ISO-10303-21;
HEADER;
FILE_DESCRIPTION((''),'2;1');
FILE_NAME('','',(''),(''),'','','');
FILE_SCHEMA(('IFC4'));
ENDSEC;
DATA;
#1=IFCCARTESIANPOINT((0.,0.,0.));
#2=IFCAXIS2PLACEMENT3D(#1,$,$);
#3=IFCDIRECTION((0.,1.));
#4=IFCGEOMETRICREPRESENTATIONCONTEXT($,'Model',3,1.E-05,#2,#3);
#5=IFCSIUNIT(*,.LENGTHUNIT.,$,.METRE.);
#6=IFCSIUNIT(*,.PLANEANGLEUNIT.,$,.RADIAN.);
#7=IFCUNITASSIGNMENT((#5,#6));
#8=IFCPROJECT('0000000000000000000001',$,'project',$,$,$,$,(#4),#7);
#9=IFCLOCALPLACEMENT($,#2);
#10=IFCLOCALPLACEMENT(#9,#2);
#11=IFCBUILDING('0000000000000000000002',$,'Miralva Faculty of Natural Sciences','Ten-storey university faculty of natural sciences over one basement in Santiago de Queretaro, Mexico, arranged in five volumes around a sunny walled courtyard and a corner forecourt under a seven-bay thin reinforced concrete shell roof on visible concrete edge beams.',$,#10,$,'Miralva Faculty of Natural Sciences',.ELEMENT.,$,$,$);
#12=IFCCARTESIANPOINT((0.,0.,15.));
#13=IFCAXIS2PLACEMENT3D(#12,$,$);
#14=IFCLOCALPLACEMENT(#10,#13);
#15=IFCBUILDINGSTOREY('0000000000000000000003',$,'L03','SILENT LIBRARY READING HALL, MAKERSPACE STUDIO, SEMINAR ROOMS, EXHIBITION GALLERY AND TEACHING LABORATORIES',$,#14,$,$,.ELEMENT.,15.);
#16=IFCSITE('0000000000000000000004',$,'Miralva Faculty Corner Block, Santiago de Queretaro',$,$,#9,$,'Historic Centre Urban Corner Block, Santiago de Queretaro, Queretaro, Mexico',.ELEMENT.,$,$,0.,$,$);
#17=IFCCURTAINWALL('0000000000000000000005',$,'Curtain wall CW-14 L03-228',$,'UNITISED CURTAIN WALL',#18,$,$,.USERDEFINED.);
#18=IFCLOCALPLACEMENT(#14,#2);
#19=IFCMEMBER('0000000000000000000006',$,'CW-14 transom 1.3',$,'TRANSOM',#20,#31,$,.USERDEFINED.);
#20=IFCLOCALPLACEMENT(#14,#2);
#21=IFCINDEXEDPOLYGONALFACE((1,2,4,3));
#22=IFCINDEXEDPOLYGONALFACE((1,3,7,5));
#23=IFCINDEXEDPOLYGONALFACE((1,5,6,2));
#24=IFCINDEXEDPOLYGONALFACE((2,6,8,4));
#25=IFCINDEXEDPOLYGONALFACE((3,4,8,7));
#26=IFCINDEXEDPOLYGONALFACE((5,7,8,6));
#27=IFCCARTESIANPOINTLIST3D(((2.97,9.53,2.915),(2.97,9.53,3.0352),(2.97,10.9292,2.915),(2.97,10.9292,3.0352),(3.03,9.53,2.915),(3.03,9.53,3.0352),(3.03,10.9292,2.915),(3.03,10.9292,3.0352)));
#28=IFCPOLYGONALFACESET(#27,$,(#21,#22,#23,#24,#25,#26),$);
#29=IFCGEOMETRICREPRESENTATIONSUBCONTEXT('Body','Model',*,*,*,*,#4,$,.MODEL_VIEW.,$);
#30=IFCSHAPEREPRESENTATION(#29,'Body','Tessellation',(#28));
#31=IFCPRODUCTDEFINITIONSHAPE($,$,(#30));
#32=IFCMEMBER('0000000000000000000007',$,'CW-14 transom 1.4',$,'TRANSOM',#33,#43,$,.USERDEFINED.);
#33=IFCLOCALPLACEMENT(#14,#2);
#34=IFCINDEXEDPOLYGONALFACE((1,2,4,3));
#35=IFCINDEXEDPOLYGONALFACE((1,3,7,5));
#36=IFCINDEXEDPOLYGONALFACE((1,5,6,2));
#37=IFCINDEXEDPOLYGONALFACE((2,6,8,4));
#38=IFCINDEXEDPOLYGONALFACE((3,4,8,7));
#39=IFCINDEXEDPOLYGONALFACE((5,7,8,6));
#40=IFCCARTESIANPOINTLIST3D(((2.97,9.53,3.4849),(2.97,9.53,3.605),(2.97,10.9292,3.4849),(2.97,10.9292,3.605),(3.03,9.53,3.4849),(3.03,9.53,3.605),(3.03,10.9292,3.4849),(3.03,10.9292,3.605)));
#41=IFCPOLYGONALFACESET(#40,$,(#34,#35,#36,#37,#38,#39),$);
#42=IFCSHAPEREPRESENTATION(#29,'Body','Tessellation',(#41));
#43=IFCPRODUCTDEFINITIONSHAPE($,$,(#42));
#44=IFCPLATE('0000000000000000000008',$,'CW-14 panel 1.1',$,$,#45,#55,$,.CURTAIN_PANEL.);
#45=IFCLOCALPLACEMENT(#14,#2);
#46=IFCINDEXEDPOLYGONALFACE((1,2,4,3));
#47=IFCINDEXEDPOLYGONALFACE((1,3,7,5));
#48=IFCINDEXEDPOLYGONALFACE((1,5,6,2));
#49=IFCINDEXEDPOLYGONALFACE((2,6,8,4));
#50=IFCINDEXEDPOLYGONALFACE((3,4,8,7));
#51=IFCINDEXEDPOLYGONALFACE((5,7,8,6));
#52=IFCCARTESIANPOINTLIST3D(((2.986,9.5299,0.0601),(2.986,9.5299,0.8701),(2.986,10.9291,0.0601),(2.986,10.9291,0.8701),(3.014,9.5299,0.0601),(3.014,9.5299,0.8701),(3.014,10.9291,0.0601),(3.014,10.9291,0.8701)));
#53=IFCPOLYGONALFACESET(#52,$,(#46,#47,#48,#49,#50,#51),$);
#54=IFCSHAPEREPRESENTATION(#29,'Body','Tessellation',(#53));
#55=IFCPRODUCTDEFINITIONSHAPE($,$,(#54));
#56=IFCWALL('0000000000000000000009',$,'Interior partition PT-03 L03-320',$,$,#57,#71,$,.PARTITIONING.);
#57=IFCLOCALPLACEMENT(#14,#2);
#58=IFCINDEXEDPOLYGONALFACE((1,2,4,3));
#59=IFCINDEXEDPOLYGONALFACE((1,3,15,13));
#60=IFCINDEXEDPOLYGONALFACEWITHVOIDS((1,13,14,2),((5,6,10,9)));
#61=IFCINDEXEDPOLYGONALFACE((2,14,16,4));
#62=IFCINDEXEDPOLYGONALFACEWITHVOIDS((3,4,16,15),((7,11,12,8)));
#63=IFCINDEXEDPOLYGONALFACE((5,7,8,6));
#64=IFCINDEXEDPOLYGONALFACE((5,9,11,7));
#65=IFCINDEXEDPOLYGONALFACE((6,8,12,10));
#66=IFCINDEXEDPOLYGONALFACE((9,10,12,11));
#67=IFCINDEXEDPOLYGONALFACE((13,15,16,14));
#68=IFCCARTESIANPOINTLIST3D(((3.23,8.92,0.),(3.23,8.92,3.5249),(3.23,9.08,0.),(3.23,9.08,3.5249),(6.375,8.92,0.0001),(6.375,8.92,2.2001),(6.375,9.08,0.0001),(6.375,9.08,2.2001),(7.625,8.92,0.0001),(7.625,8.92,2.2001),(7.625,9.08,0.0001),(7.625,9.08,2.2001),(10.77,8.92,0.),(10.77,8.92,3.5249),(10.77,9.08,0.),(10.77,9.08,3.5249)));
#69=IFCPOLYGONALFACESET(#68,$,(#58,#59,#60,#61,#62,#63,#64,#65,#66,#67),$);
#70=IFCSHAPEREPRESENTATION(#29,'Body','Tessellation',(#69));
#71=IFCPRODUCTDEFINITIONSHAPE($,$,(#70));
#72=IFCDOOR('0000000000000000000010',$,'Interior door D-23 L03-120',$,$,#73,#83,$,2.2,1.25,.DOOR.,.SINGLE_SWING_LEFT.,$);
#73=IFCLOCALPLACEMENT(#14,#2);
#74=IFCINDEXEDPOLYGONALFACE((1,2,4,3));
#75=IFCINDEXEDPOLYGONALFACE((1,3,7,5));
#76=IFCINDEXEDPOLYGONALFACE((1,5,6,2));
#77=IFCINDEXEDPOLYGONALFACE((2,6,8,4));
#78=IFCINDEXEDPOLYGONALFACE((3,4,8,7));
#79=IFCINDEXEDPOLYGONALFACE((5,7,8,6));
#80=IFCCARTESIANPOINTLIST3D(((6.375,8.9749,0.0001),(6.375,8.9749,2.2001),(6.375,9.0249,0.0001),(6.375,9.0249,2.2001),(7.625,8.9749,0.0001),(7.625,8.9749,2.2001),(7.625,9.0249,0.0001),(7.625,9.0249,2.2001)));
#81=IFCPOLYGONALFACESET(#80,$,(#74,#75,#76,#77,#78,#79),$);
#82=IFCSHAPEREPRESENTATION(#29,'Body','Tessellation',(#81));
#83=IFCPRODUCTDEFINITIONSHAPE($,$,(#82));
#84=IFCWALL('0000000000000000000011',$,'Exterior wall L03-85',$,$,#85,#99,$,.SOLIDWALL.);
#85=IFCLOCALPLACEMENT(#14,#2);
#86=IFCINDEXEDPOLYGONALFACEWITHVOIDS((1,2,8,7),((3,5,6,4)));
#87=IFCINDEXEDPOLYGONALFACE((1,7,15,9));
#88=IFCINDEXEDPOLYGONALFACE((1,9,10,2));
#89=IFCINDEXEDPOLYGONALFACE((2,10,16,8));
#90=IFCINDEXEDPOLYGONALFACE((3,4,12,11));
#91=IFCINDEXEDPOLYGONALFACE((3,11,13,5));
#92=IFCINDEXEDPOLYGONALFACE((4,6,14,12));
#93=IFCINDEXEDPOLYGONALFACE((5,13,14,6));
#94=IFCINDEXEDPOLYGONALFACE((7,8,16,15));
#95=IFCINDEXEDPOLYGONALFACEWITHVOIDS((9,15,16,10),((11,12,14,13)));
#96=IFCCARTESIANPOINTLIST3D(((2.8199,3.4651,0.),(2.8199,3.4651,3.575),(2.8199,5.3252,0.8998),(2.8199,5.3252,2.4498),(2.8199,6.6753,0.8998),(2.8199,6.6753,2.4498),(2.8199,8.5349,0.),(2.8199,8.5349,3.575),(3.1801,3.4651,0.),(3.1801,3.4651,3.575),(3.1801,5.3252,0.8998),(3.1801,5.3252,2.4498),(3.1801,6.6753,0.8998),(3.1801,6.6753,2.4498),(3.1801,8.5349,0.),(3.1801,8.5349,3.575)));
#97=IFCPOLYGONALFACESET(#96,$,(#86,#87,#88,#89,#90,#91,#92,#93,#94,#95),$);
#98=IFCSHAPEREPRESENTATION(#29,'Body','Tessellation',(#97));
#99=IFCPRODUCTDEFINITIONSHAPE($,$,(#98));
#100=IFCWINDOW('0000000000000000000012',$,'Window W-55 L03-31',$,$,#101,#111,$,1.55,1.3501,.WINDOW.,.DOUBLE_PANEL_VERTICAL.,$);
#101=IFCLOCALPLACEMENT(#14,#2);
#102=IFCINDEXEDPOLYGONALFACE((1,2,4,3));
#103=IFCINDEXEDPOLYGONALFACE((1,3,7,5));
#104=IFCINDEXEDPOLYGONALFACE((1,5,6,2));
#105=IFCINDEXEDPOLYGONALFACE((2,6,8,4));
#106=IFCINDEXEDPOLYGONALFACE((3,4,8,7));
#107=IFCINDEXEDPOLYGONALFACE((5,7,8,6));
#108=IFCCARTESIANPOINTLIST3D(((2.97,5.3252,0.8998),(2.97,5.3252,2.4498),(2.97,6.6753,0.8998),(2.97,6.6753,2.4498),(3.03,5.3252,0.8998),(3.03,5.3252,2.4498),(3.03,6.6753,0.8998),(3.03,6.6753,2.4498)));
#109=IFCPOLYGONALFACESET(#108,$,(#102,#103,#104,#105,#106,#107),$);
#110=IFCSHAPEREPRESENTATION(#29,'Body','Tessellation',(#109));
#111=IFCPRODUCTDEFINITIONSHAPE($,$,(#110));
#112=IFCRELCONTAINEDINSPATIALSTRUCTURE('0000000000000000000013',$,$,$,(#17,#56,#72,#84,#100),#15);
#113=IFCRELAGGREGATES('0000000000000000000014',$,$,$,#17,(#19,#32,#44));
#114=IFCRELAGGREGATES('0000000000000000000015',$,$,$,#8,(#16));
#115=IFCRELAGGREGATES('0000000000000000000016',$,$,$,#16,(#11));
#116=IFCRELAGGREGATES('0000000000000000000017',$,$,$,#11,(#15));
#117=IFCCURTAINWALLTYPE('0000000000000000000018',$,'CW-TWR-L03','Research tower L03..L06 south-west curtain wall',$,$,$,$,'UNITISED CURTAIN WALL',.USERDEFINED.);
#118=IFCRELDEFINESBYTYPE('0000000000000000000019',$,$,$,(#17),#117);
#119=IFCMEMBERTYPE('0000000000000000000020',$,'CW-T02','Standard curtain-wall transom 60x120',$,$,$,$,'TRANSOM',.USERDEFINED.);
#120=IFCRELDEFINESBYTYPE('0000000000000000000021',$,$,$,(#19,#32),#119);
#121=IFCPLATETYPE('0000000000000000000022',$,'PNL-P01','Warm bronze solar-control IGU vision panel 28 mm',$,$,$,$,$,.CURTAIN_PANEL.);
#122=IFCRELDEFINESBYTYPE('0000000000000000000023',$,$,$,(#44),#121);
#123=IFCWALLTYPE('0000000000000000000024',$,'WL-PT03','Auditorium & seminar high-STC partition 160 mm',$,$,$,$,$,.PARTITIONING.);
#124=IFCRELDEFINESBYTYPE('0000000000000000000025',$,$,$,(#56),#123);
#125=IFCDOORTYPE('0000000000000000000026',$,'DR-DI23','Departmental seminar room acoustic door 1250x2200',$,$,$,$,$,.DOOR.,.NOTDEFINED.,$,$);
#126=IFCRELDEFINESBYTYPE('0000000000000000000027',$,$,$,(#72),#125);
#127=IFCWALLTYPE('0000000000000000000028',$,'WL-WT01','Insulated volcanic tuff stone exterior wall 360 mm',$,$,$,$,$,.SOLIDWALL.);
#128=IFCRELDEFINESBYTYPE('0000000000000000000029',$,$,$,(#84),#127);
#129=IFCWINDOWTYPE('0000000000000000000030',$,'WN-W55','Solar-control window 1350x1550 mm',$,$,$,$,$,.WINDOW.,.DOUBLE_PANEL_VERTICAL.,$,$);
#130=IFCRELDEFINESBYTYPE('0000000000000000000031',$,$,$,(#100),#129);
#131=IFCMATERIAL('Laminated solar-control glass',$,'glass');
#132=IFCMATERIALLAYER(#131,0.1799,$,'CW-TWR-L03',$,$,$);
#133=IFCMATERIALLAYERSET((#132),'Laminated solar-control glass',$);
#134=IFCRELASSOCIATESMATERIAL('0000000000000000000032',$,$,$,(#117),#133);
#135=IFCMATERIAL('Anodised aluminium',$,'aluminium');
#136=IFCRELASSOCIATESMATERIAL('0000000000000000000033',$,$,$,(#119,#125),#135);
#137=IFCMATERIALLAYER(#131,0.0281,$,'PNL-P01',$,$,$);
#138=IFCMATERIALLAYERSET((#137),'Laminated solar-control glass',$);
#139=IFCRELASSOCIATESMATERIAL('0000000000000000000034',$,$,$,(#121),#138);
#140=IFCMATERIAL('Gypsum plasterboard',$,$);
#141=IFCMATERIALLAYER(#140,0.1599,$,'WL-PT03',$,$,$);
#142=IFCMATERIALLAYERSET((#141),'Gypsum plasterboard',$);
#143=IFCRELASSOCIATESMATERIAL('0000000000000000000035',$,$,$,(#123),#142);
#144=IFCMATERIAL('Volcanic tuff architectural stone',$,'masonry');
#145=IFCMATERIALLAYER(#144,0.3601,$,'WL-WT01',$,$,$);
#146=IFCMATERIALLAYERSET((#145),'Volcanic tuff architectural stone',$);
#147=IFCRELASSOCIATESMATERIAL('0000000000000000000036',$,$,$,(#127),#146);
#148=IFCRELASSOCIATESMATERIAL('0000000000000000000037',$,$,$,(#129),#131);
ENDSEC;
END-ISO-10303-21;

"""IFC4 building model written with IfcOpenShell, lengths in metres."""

from ifc_helpers import new_model, si_unit, direction, frame, frame_2d, origin, origin_2d, place, context, subcontext, project, spatial, rectangle, extrude, material, layer, layer_set, material_profile, profile_set, type_object, element, fill, aggregate, save


model = new_model("IFC4")

# Units and contexts
model_context = context("Model", 3, precision=1e-05, world=origin(), true_north=direction((0.0, 1.0)))
body_context = subcontext(model_context, "Body", "Model", "MODEL_VIEW")
ifc_project = project(units=[si_unit("LENGTHUNIT", "METRE"), si_unit("PLANEANGLEUNIT", "RADIAN")], contexts=[model_context])

# Site, building, storey
site_placement = place(None, origin())
site = spatial("IfcSite", under=ifc_project, at=site_placement, Name="Miralva Faculty Corner Block, Santiago de Queretaro", LongName="Historic Centre Urban Corner Block, Santiago de Queretaro, Queretaro, Mexico", CompositionType="ELEMENT", RefElevation=0.0)
building_placement = place(site_placement, origin())
building = spatial("IfcBuilding", under=site, at=building_placement, Name="Miralva Faculty of Natural Sciences", Description="Ten-storey university faculty of natural sciences over one basement in Santiago de Queretaro, Mexico, arranged in five volumes around a sunny walled courtyard and a corner forecourt under a seven-bay thin reinforced concrete shell roof on visible concrete edge beams.", LongName="Miralva Faculty of Natural Sciences", CompositionType="ELEMENT")
storey_placement = place(building_placement, frame((0.0, 0.0, 15.0)))
storey = spatial("IfcBuildingStorey", under=building, at=storey_placement, Name="L03", Description="SILENT LIBRARY READING HALL, MAKERSPACE STUDIO, SEMINAR ROOMS, EXHIBITION GALLERY AND TEACHING LABORATORIES", CompositionType="ELEMENT", Elevation=15.0)

# Curtain wall, members, plate
ifc_material_1 = material(Name="Laminated solar-control glass", Category="glass")
ifc_layer_1 = layer(ifc_material_1, 0.1799, Name="CW-TWR-L03")
ifc_layer_set_1 = layer_set([ifc_layer_1], Name="Laminated solar-control glass")
curtain_wall_type = type_object("IfcCurtainWallType", Name="CW-TWR-L03", Description="Research tower L03..L06 south-west curtain wall", ElementType="UNITISED CURTAIN WALL", PredefinedType="USERDEFINED", material=ifc_layer_set_1)
curtain_wall_placement = place(storey_placement, origin())
curtain_wall = element("IfcCurtainWall", 1, at=curtain_wall_placement, inside=storey, type_object=curtain_wall_type, Name="Curtain wall CW-14 L03-228", ObjectType="UNITISED CURTAIN WALL", PredefinedType="USERDEFINED")
ifc_material_2 = material(Name="Anodised aluminium", Category="aluminium")
ifc_material_profile_1 = material_profile(ifc_material_2, rectangle(XDim=0.0601, YDim=0.1201, at=origin_2d()), Name="TRANSOM 60x120")
ifc_profile_set_1 = profile_set([ifc_material_profile_1], Name="Anodised aluminium")
member_type_1 = type_object("IfcMemberType", Name="CW-T02", Description="Standard curtain-wall transom 60x120", ElementType="TRANSOM", PredefinedType="USERDEFINED", material=ifc_profile_set_1)
member_1_placement = place(storey_placement, frame((3.0, 9.53, 2.9751), z_axis=(0.0, 1.0, 0.0), x_axis=(-1.0, 0.0, 0.0)))
member_1 = element("IfcMember", 2, at=member_1_placement, type_object=member_type_1, Name="CW-14 transom 1.3", ObjectType="TRANSOM", PredefinedType="USERDEFINED", context=body_context, shape_type="SweptSolid", body=[
    extrude(rectangle(XDim=0.0601, YDim=0.1201, at=origin_2d()), origin(), (0.0, 0.0, 1.0), 1.3992),
])
member_2_placement = place(storey_placement, frame((3.0, 9.53, 3.5449), z_axis=(0.0, 1.0, 0.0), x_axis=(-1.0, 0.0, 0.0)))
member_2 = element("IfcMember", 3, at=member_2_placement, type_object=member_type_1, Name="CW-14 transom 1.4", ObjectType="TRANSOM", PredefinedType="USERDEFINED", context=body_context, shape_type="SweptSolid", body=[
    extrude(rectangle(XDim=0.0601, YDim=0.1201, at=origin_2d()), origin(), (0.0, 0.0, 1.0), 1.3992),
])
ifc_layer_2 = layer(ifc_material_1, 0.0281, Name="PNL-P01")
ifc_layer_set_2 = layer_set([ifc_layer_2], Name="Laminated solar-control glass")
plate_type = type_object("IfcPlateType", Name="PNL-P01", Description="Warm bronze solar-control IGU vision panel 28 mm", PredefinedType="CURTAIN_PANEL", material=ifc_layer_set_2)
plate_placement = place(storey_placement, frame((3.0, 10.2295, 0.0601), z_axis=(0.0, 0.0, 1.0), x_axis=(0.0, 1.0, 0.0)))
plate = element("IfcPlate", 4, at=plate_placement, type_object=plate_type, Name="CW-14 panel 1.1", PredefinedType="CURTAIN_PANEL", context=body_context, shape_type="SweptSolid", body=[
    extrude(rectangle(XDim=1.3992, YDim=0.0281, at=origin_2d()), origin(), (0.0, 0.0, 1.0), 0.8101),
])
aggregate(curtain_wall, [member_1, member_2, plate])

# Wall, opening, door
ifc_material_3 = material(Name="Gypsum plasterboard")
ifc_layer_3 = layer(ifc_material_3, 0.1599, Name="WL-PT03")
ifc_layer_set_3 = layer_set([ifc_layer_3], Name="Gypsum plasterboard")
wall_type_1 = type_object("IfcWallType", Name="WL-PT03", Description="Auditorium & seminar high-STC partition 160 mm", PredefinedType="PARTITIONING", material=ifc_layer_set_3)
wall_1_placement = place(storey_placement, frame((3.23, 9.0, 0.0), z_axis=(0.0, 0.0, 1.0), x_axis=(1.0, 0.0, 0.0)))
wall_1 = element("IfcWall", 5, at=wall_1_placement, inside=storey, type_object=wall_type_1, Name="Interior partition PT-03 L03-320", PredefinedType="PARTITIONING", context=body_context, shape_type="SweptSolid", body=[
    extrude(rectangle(XDim=7.54, YDim=0.1599, at=frame_2d((3.77, 0.0))), origin(), (0.0, 0.0, 1.0), 3.5249),
])
opening_1_placement = place(wall_1_placement, frame((3.145, 0.0, 0.0)))
opening_1 = element("IfcOpeningElement", 6, at=opening_1_placement, cuts=wall_1, PredefinedType="OPENING", context=body_context, shape_type="SweptSolid", body=[
    extrude(rectangle(XDim=1.25, YDim=2.2, at=frame_2d((0.625, 1.1001))), frame((0.0, 0.0898, 0.0), z_axis=(0.0, -1.0, 0.0), x_axis=(1.0, 0.0, 0.0)), (0.0, 0.0, 1.0), 0.1799),
])
door_type = type_object("IfcDoorType", Name="DR-DI23", Description="Departmental seminar room acoustic door 1250x2200", OperationType="NOTDEFINED", PredefinedType="DOOR", material=ifc_material_2)
door_placement = place(opening_1_placement, origin())
door = element("IfcDoor", 7, at=door_placement, inside=storey, type_object=door_type, Name="Interior door D-23 L03-120", OperationType="SINGLE_SWING_LEFT", OverallHeight=2.2, OverallWidth=1.25, PredefinedType="DOOR", context=body_context, shape_type="SweptSolid", body=[
    extrude(rectangle(XDim=1.25, YDim=2.2, at=frame_2d((0.625, 1.1001))), frame((0.0, 0.0249, 0.0), z_axis=(0.0, -1.0, 0.0), x_axis=(1.0, 0.0, 0.0)), (0.0, 0.0, 1.0), 0.05),
])
fill(opening_1, door)

# Wall, opening, window
ifc_material_4 = material(Name="Volcanic tuff architectural stone", Category="masonry")
ifc_layer_4 = layer(ifc_material_4, 0.3601, Name="WL-WT01")
ifc_layer_set_4 = layer_set([ifc_layer_4], Name="Volcanic tuff architectural stone")
wall_type_2 = type_object("IfcWallType", Name="WL-WT01", Description="Insulated volcanic tuff stone exterior wall 360 mm", PredefinedType="SOLIDWALL", material=ifc_layer_set_4)
wall_2_placement = place(storey_placement, frame((3.0, 3.4651, 0.0), z_axis=(0.0, 0.0, 1.0), x_axis=(0.0, 1.0, 0.0)))
wall_2 = element("IfcWall", 8, at=wall_2_placement, inside=storey, type_object=wall_type_2, Name="Exterior wall L03-85", PredefinedType="SOLIDWALL", context=body_context, shape_type="SweptSolid", body=[
    extrude(rectangle(XDim=5.0698, YDim=0.3601, at=frame_2d((2.5349, 0.0))), origin(), (0.0, 0.0, 1.0), 3.575),
])
opening_2_placement = place(wall_2_placement, frame((1.8601, 0.0, 0.8999)))
opening_2 = element("IfcOpeningElement", 9, at=opening_2_placement, cuts=wall_2, PredefinedType="OPENING", context=body_context, shape_type="SweptSolid", body=[
    extrude(rectangle(XDim=1.3501, YDim=1.55, at=frame_2d((0.675, 0.7749))), frame((0.0, 0.1899, 0.0), z_axis=(0.0, -1.0, 0.0), x_axis=(1.0, 0.0, 0.0)), (0.0, 0.0, 1.0), 0.3801),
])
window_type = type_object("IfcWindowType", Name="WN-W55", Description="Solar-control window 1350x1550 mm", PartitioningType="DOUBLE_PANEL_VERTICAL", PredefinedType="WINDOW", material=ifc_material_1)
window_placement = place(opening_2_placement, origin())
window = element("IfcWindow", 10, at=window_placement, inside=storey, type_object=window_type, Name="Window W-55 L03-31", OverallHeight=1.55, OverallWidth=1.3501, PartitioningType="DOUBLE_PANEL_VERTICAL", PredefinedType="WINDOW", context=body_context, shape_type="SweptSolid", body=[
    extrude(rectangle(XDim=1.3501, YDim=1.55, at=frame_2d((0.675, 0.7749))), frame((0.0, 0.03, 0.0), z_axis=(0.0, -1.0, 0.0), x_axis=(1.0, 0.0, 0.0)), (0.0, 0.0, 1.0), 0.0601),
])
fill(opening_2, window)

save(model, "model.ifc")
